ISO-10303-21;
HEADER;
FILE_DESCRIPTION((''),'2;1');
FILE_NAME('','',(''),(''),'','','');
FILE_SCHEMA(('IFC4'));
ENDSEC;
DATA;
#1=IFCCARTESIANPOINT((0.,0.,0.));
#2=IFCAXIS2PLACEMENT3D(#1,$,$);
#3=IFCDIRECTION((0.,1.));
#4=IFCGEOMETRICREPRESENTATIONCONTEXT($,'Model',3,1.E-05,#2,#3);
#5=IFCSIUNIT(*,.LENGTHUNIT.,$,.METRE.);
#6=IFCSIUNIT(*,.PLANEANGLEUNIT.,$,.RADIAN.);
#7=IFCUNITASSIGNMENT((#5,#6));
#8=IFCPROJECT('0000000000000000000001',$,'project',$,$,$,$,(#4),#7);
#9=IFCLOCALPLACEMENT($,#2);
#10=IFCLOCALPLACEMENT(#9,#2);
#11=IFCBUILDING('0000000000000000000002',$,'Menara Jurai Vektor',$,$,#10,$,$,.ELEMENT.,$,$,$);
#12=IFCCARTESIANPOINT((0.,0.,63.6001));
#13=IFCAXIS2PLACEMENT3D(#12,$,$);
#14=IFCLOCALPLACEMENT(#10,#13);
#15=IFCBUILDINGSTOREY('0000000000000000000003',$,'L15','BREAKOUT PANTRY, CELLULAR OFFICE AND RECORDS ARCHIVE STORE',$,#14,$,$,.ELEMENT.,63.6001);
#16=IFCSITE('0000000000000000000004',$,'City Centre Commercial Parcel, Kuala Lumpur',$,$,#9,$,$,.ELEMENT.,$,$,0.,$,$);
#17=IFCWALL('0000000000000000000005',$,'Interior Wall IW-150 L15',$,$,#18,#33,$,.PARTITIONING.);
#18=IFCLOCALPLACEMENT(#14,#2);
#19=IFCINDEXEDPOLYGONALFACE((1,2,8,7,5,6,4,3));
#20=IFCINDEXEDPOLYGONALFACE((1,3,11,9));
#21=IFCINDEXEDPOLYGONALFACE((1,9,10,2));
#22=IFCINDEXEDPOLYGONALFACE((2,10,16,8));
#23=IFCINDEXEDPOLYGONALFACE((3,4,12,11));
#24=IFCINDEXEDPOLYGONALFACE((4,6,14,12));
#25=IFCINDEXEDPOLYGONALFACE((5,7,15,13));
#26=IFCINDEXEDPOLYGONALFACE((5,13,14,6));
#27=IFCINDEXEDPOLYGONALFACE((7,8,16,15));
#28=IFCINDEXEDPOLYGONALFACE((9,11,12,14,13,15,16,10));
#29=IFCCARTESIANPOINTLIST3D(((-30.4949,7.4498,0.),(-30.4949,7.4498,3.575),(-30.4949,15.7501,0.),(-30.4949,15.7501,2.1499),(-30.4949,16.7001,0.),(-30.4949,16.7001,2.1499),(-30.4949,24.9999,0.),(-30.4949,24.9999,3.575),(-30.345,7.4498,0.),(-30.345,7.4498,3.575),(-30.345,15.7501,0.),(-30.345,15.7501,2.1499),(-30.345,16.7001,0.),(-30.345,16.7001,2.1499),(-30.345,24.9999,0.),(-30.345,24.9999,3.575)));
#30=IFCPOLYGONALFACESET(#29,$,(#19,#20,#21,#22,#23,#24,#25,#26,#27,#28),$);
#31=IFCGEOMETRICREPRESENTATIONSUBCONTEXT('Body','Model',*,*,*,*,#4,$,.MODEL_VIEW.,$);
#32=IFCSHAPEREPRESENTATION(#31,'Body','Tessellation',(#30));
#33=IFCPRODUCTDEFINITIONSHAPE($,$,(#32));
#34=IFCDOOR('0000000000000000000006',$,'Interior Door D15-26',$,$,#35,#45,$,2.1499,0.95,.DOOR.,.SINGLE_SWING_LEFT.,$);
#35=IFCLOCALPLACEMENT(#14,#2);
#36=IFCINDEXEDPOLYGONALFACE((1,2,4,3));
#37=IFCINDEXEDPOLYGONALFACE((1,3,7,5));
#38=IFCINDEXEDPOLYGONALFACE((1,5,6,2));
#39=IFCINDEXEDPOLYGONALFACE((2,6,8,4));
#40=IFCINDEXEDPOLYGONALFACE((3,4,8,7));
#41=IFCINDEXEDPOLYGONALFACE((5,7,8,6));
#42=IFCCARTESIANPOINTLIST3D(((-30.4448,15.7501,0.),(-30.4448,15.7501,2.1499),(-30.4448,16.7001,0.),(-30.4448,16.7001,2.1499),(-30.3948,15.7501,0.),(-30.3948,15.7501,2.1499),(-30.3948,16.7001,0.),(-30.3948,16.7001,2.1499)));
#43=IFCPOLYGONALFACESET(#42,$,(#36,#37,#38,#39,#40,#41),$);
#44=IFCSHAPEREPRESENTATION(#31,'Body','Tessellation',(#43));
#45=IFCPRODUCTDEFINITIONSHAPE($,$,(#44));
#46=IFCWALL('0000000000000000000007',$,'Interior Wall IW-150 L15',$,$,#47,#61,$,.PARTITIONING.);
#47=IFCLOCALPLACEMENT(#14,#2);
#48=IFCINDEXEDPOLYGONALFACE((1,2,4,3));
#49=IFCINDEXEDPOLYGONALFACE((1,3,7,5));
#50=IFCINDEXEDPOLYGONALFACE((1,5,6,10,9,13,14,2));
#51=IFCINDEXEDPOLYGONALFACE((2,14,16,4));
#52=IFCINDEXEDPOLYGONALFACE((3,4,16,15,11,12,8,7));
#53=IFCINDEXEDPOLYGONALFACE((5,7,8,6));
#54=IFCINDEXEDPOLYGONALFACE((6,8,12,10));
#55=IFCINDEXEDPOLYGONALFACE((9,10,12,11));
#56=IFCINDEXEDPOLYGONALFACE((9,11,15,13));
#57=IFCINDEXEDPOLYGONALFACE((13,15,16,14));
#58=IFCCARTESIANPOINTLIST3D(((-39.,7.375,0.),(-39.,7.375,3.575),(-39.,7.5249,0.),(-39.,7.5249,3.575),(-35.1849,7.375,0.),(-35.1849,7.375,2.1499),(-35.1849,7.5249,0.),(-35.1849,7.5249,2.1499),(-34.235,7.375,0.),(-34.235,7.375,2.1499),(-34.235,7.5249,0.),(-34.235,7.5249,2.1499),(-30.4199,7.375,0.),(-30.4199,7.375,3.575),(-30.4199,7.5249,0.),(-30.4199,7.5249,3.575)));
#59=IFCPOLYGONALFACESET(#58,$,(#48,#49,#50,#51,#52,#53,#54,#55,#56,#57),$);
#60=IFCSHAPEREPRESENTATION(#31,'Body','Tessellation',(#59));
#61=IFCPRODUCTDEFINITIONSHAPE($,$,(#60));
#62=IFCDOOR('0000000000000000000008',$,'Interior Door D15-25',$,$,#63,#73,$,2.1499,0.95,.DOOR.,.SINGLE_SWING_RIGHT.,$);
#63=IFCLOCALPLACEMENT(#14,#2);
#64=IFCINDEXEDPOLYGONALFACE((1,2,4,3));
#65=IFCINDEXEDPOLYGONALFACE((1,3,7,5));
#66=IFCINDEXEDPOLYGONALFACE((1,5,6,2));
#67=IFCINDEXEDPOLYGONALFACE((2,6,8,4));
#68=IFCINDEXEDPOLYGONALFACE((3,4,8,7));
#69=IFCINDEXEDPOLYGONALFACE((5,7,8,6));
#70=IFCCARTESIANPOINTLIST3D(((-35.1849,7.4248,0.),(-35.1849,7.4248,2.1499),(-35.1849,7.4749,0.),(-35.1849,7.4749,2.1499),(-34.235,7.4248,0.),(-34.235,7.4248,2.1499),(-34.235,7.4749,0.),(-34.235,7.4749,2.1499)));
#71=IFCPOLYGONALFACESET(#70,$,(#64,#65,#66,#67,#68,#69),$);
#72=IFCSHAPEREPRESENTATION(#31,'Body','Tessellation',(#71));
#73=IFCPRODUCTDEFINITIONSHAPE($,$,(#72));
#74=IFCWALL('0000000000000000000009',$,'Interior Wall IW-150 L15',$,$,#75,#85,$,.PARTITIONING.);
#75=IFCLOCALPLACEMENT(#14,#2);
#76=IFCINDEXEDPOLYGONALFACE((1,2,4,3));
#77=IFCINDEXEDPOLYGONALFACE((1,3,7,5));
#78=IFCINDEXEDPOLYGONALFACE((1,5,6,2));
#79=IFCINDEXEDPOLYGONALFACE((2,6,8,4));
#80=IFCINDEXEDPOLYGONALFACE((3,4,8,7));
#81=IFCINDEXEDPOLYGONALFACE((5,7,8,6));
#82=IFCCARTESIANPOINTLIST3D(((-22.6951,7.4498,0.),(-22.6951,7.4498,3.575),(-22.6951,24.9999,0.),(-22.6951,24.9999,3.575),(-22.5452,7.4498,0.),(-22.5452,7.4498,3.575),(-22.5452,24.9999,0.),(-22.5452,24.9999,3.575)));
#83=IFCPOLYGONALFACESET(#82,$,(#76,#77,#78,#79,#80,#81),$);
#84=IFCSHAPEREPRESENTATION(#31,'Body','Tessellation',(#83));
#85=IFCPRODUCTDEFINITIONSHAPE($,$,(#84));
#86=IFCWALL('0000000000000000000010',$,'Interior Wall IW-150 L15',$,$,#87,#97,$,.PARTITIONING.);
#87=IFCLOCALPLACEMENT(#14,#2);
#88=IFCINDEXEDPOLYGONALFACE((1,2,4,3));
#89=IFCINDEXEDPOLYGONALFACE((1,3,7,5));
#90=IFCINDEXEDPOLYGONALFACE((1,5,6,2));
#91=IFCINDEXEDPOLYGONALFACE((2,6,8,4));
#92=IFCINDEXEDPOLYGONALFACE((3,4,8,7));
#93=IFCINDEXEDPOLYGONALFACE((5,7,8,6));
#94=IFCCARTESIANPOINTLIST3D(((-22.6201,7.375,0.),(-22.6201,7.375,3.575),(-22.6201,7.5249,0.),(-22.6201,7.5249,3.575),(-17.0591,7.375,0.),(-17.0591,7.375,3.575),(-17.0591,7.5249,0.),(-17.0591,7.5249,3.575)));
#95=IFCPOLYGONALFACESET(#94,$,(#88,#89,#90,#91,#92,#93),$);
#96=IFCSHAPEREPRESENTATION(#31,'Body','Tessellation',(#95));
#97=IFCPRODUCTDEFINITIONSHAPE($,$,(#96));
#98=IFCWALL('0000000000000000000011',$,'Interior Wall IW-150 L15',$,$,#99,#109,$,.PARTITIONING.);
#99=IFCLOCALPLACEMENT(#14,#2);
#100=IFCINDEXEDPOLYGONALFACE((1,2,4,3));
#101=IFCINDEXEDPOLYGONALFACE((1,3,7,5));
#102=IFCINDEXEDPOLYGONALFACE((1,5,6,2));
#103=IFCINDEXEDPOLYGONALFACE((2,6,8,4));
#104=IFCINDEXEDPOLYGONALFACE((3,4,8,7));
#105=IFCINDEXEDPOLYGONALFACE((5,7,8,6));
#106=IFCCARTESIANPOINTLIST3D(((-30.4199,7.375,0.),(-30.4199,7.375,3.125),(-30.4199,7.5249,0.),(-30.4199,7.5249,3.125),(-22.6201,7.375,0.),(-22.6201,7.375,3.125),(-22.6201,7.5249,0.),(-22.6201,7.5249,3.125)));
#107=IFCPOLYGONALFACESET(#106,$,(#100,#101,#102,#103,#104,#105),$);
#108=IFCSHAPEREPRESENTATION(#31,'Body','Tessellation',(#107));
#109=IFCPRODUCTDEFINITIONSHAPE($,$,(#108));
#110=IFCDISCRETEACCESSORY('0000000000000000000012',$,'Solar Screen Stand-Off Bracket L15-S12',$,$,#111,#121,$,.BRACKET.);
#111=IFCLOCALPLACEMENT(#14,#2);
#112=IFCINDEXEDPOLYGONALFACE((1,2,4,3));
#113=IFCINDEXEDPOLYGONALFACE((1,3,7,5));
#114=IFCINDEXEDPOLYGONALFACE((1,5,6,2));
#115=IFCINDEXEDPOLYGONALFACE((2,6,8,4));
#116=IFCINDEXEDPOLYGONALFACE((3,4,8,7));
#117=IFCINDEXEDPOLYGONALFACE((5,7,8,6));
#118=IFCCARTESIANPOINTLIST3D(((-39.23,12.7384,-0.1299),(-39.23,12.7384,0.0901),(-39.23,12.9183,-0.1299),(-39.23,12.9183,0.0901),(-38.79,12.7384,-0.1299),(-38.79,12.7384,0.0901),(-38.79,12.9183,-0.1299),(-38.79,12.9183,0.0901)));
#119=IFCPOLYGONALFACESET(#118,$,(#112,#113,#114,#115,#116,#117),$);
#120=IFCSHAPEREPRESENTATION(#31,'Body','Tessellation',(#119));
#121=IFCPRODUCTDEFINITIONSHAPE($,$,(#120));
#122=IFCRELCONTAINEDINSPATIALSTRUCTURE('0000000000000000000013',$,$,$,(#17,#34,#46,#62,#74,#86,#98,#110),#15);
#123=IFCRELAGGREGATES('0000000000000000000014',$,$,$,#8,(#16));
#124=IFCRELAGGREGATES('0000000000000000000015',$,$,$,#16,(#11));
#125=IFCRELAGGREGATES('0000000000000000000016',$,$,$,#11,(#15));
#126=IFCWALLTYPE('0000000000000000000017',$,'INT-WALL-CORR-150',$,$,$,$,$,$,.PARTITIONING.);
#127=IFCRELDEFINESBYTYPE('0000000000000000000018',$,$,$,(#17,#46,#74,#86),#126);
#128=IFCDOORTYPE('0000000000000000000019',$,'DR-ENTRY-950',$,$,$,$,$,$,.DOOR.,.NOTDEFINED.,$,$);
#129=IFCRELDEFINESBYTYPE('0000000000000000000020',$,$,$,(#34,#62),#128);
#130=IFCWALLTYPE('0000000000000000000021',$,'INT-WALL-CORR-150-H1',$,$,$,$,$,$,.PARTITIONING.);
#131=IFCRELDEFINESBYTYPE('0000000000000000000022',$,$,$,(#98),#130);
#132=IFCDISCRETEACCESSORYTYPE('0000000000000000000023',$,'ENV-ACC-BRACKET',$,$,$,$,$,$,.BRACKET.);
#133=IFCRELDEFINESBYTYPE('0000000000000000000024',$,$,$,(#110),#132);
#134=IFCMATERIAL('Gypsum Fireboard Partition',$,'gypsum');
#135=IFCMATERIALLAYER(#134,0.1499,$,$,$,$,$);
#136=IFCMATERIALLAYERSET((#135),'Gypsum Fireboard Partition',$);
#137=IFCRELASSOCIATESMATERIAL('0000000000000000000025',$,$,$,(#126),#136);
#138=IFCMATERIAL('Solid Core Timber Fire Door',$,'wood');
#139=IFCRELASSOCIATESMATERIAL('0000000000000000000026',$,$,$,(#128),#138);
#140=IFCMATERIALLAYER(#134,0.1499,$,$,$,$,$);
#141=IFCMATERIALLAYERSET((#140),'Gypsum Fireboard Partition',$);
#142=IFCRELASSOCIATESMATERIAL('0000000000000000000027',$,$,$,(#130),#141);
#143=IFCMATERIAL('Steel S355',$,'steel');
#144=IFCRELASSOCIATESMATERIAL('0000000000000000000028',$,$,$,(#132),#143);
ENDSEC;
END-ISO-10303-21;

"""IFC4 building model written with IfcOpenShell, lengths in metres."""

from ifc_helpers import new_model, si_unit, direction, frame, frame_2d, origin, origin_2d, place, context, subcontext, project, spatial, rectangle, extrude, material, layer, layer_set, type_object, element, fill, save


model = new_model("IFC4")

# Units and contexts
model_context = context("Model", 3, precision=1e-05, world=origin(), true_north=direction((0.0, 1.0)))
body_context = subcontext(model_context, "Body", "Model", "MODEL_VIEW")
ifc_project = project(units=[si_unit("LENGTHUNIT", "METRE"), si_unit("PLANEANGLEUNIT", "RADIAN")], contexts=[model_context])

# Site, building, storey
site_placement = place(None, origin())
site = spatial("IfcSite", under=ifc_project, at=site_placement, Name="City Centre Commercial Parcel, Kuala Lumpur", CompositionType="ELEMENT", RefElevation=0.0)
building_placement = place(site_placement, origin())
building = spatial("IfcBuilding", under=site, at=building_placement, Name="Menara Jurai Vektor", CompositionType="ELEMENT")
storey_placement = place(building_placement, frame((0.0, 0.0, 63.6001)))
storey = spatial("IfcBuildingStorey", under=building, at=storey_placement, Name="L15", Description="BREAKOUT PANTRY, CELLULAR OFFICE AND RECORDS ARCHIVE STORE", CompositionType="ELEMENT", Elevation=63.6001)

# Shared definitions
ifc_material_1 = material(Name="Steel S355", Category="steel")

# Walls, openings, doors
ifc_material_2 = material(Name="Gypsum Fireboard Partition", Category="gypsum")
ifc_layer_1 = layer(ifc_material_2, 0.1499)
ifc_layer_set_1 = layer_set([ifc_layer_1], Name="Gypsum Fireboard Partition")
wall_type_1 = type_object("IfcWallType", Name="INT-WALL-CORR-150", PredefinedType="PARTITIONING", material=ifc_layer_set_1)
ifc_material_3 = material(Name="Solid Core Timber Fire Door", Category="wood")
door_type = type_object("IfcDoorType", Name="DR-ENTRY-950", OperationType="NOTDEFINED", PredefinedType="DOOR", material=ifc_material_3)
wall_1_placement = place(storey_placement, frame((-30.4199, 7.45, 0.0), z_axis=(0.0, 0.0, 1.0), x_axis=(0.0, 1.0, 0.0)))
wall_1 = element("IfcWall", 1, at=wall_1_placement, inside=storey, type_object=wall_type_1, Name="Interior Wall IW-150 L15", PredefinedType="PARTITIONING", context=body_context, shape_type="SweptSolid", body=[
    extrude(rectangle(XDim=17.55, YDim=0.1499, at=frame_2d((8.7749, 0.0))), origin(), (0.0, 0.0, 1.0), 3.575),
])
opening_1_placement = place(wall_1_placement, frame((8.3, 0.0, 0.0)))
opening_1 = element("IfcOpeningElement", 2, at=opening_1_placement, cuts=wall_1, PredefinedType="OPENING", context=body_context, shape_type="SweptSolid", body=[
    extrude(rectangle(XDim=0.95, YDim=2.1499, at=frame_2d((0.4751, 1.075))), frame((0.0, 0.085, 0.0), z_axis=(0.0, -1.0, 0.0), x_axis=(1.0, 0.0, 0.0)), (0.0, 0.0, 1.0), 0.1699),
])
door_1_placement = place(opening_1_placement, origin())
door_1 = element("IfcDoor", 3, at=door_1_placement, inside=storey, type_object=door_type, Name="Interior Door D15-26", OperationType="SINGLE_SWING_LEFT", OverallHeight=2.1499, OverallWidth=0.95, PredefinedType="DOOR", context=body_context, shape_type="SweptSolid", body=[
    extrude(rectangle(XDim=0.95, YDim=2.1499, at=frame_2d((0.4751, 1.075))), frame((0.0, 0.0249, 0.0), z_axis=(0.0, -1.0, 0.0), x_axis=(1.0, 0.0, 0.0)), (0.0, 0.0, 1.0), 0.05),
])
fill(opening_1, door_1)
wall_2_placement = place(storey_placement, frame((-39.0, 7.45, 0.0), z_axis=(0.0, 0.0, 1.0), x_axis=(1.0, 0.0, 0.0)))
wall_2 = element("IfcWall", 4, at=wall_2_placement, inside=storey, type_object=wall_type_1, Name="Interior Wall IW-150 L15", PredefinedType="PARTITIONING", context=body_context, shape_type="SweptSolid", body=[
    extrude(rectangle(XDim=8.5801, YDim=0.1499, at=frame_2d((4.29, 0.0))), origin(), (0.0, 0.0, 1.0), 3.575),
])
opening_2_placement = place(wall_2_placement, frame((3.8149, 0.0, 0.0)))
opening_2 = element("IfcOpeningElement", 5, at=opening_2_placement, cuts=wall_2, PredefinedType="OPENING", context=body_context, shape_type="SweptSolid", body=[
    extrude(rectangle(XDim=0.95, YDim=2.1499, at=frame_2d((0.4751, 1.075))), frame((0.0, 0.085, 0.0), z_axis=(0.0, -1.0, 0.0), x_axis=(1.0, 0.0, 0.0)), (0.0, 0.0, 1.0), 0.1699),
])
door_2_placement = place(opening_2_placement, origin())
door_2 = element("IfcDoor", 6, at=door_2_placement, inside=storey, type_object=door_type, Name="Interior Door D15-25", OperationType="SINGLE_SWING_RIGHT", OverallHeight=2.1499, OverallWidth=0.95, PredefinedType="DOOR", context=body_context, shape_type="SweptSolid", body=[
    extrude(rectangle(XDim=0.95, YDim=2.1499, at=frame_2d((0.4751, 1.075))), frame((0.0, 0.0249, 0.0), z_axis=(0.0, -1.0, 0.0), x_axis=(1.0, 0.0, 0.0)), (0.0, 0.0, 1.0), 0.05),
])
fill(opening_2, door_2)

# Walls
wall_3_placement = place(storey_placement, frame((-22.6201, 7.45, 0.0), z_axis=(0.0, 0.0, 1.0), x_axis=(0.0, 1.0, 0.0)))
element("IfcWall", 7, at=wall_3_placement, inside=storey, type_object=wall_type_1, Name="Interior Wall IW-150 L15", PredefinedType="PARTITIONING", context=body_context, shape_type="SweptSolid", body=[
    extrude(rectangle(XDim=17.55, YDim=0.1499, at=frame_2d((8.7749, 0.0))), origin(), (0.0, 0.0, 1.0), 3.575),
])
wall_4_placement = place(storey_placement, frame((-22.6201, 7.45, 0.0), z_axis=(0.0, 0.0, 1.0), x_axis=(1.0, 0.0, 0.0)))
element("IfcWall", 8, at=wall_4_placement, inside=storey, type_object=wall_type_1, Name="Interior Wall IW-150 L15", PredefinedType="PARTITIONING", context=body_context, shape_type="SweptSolid", body=[
    extrude(rectangle(XDim=5.561, YDim=0.1499, at=frame_2d((2.7805, 0.0))), origin(), (0.0, 0.0, 1.0), 3.575),
])
ifc_layer_2 = layer(ifc_material_2, 0.1499)
ifc_layer_set_2 = layer_set([ifc_layer_2], Name="Gypsum Fireboard Partition")
wall_type_2 = type_object("IfcWallType", Name="INT-WALL-CORR-150-H1", PredefinedType="PARTITIONING", material=ifc_layer_set_2)
wall_5_placement = place(storey_placement, frame((-30.4199, 7.45, 0.0), z_axis=(0.0, 0.0, 1.0), x_axis=(1.0, 0.0, 0.0)))
element("IfcWall", 9, at=wall_5_placement, inside=storey, type_object=wall_type_2, Name="Interior Wall IW-150 L15", PredefinedType="PARTITIONING", context=body_context, shape_type="SweptSolid", body=[
    extrude(rectangle(XDim=7.7998, YDim=0.1499, at=frame_2d((3.8999, 0.0))), origin(), (0.0, 0.0, 1.0), 3.125),
])

# Discrete accessory
discrete_accessory_type = type_object("IfcDiscreteAccessoryType", Name="ENV-ACC-BRACKET", PredefinedType="BRACKET", material=ifc_material_1)
discrete_accessory_placement = place(storey_placement, frame((-39.01, 12.8284, -0.1299), z_axis=(0.0, 0.0, 1.0), x_axis=(0.0, -1.0, 0.0)))
element("IfcDiscreteAccessory", 10, at=discrete_accessory_placement, inside=storey, type_object=discrete_accessory_type, Name="Solar Screen Stand-Off Bracket L15-S12", PredefinedType="BRACKET", context=body_context, shape_type="SweptSolid", body=[
    extrude(rectangle(XDim=0.1799, YDim=0.4399, at=origin_2d()), origin(), (0.0, 0.0, 1.0), 0.22),
])

save(model, "model.ifc")
